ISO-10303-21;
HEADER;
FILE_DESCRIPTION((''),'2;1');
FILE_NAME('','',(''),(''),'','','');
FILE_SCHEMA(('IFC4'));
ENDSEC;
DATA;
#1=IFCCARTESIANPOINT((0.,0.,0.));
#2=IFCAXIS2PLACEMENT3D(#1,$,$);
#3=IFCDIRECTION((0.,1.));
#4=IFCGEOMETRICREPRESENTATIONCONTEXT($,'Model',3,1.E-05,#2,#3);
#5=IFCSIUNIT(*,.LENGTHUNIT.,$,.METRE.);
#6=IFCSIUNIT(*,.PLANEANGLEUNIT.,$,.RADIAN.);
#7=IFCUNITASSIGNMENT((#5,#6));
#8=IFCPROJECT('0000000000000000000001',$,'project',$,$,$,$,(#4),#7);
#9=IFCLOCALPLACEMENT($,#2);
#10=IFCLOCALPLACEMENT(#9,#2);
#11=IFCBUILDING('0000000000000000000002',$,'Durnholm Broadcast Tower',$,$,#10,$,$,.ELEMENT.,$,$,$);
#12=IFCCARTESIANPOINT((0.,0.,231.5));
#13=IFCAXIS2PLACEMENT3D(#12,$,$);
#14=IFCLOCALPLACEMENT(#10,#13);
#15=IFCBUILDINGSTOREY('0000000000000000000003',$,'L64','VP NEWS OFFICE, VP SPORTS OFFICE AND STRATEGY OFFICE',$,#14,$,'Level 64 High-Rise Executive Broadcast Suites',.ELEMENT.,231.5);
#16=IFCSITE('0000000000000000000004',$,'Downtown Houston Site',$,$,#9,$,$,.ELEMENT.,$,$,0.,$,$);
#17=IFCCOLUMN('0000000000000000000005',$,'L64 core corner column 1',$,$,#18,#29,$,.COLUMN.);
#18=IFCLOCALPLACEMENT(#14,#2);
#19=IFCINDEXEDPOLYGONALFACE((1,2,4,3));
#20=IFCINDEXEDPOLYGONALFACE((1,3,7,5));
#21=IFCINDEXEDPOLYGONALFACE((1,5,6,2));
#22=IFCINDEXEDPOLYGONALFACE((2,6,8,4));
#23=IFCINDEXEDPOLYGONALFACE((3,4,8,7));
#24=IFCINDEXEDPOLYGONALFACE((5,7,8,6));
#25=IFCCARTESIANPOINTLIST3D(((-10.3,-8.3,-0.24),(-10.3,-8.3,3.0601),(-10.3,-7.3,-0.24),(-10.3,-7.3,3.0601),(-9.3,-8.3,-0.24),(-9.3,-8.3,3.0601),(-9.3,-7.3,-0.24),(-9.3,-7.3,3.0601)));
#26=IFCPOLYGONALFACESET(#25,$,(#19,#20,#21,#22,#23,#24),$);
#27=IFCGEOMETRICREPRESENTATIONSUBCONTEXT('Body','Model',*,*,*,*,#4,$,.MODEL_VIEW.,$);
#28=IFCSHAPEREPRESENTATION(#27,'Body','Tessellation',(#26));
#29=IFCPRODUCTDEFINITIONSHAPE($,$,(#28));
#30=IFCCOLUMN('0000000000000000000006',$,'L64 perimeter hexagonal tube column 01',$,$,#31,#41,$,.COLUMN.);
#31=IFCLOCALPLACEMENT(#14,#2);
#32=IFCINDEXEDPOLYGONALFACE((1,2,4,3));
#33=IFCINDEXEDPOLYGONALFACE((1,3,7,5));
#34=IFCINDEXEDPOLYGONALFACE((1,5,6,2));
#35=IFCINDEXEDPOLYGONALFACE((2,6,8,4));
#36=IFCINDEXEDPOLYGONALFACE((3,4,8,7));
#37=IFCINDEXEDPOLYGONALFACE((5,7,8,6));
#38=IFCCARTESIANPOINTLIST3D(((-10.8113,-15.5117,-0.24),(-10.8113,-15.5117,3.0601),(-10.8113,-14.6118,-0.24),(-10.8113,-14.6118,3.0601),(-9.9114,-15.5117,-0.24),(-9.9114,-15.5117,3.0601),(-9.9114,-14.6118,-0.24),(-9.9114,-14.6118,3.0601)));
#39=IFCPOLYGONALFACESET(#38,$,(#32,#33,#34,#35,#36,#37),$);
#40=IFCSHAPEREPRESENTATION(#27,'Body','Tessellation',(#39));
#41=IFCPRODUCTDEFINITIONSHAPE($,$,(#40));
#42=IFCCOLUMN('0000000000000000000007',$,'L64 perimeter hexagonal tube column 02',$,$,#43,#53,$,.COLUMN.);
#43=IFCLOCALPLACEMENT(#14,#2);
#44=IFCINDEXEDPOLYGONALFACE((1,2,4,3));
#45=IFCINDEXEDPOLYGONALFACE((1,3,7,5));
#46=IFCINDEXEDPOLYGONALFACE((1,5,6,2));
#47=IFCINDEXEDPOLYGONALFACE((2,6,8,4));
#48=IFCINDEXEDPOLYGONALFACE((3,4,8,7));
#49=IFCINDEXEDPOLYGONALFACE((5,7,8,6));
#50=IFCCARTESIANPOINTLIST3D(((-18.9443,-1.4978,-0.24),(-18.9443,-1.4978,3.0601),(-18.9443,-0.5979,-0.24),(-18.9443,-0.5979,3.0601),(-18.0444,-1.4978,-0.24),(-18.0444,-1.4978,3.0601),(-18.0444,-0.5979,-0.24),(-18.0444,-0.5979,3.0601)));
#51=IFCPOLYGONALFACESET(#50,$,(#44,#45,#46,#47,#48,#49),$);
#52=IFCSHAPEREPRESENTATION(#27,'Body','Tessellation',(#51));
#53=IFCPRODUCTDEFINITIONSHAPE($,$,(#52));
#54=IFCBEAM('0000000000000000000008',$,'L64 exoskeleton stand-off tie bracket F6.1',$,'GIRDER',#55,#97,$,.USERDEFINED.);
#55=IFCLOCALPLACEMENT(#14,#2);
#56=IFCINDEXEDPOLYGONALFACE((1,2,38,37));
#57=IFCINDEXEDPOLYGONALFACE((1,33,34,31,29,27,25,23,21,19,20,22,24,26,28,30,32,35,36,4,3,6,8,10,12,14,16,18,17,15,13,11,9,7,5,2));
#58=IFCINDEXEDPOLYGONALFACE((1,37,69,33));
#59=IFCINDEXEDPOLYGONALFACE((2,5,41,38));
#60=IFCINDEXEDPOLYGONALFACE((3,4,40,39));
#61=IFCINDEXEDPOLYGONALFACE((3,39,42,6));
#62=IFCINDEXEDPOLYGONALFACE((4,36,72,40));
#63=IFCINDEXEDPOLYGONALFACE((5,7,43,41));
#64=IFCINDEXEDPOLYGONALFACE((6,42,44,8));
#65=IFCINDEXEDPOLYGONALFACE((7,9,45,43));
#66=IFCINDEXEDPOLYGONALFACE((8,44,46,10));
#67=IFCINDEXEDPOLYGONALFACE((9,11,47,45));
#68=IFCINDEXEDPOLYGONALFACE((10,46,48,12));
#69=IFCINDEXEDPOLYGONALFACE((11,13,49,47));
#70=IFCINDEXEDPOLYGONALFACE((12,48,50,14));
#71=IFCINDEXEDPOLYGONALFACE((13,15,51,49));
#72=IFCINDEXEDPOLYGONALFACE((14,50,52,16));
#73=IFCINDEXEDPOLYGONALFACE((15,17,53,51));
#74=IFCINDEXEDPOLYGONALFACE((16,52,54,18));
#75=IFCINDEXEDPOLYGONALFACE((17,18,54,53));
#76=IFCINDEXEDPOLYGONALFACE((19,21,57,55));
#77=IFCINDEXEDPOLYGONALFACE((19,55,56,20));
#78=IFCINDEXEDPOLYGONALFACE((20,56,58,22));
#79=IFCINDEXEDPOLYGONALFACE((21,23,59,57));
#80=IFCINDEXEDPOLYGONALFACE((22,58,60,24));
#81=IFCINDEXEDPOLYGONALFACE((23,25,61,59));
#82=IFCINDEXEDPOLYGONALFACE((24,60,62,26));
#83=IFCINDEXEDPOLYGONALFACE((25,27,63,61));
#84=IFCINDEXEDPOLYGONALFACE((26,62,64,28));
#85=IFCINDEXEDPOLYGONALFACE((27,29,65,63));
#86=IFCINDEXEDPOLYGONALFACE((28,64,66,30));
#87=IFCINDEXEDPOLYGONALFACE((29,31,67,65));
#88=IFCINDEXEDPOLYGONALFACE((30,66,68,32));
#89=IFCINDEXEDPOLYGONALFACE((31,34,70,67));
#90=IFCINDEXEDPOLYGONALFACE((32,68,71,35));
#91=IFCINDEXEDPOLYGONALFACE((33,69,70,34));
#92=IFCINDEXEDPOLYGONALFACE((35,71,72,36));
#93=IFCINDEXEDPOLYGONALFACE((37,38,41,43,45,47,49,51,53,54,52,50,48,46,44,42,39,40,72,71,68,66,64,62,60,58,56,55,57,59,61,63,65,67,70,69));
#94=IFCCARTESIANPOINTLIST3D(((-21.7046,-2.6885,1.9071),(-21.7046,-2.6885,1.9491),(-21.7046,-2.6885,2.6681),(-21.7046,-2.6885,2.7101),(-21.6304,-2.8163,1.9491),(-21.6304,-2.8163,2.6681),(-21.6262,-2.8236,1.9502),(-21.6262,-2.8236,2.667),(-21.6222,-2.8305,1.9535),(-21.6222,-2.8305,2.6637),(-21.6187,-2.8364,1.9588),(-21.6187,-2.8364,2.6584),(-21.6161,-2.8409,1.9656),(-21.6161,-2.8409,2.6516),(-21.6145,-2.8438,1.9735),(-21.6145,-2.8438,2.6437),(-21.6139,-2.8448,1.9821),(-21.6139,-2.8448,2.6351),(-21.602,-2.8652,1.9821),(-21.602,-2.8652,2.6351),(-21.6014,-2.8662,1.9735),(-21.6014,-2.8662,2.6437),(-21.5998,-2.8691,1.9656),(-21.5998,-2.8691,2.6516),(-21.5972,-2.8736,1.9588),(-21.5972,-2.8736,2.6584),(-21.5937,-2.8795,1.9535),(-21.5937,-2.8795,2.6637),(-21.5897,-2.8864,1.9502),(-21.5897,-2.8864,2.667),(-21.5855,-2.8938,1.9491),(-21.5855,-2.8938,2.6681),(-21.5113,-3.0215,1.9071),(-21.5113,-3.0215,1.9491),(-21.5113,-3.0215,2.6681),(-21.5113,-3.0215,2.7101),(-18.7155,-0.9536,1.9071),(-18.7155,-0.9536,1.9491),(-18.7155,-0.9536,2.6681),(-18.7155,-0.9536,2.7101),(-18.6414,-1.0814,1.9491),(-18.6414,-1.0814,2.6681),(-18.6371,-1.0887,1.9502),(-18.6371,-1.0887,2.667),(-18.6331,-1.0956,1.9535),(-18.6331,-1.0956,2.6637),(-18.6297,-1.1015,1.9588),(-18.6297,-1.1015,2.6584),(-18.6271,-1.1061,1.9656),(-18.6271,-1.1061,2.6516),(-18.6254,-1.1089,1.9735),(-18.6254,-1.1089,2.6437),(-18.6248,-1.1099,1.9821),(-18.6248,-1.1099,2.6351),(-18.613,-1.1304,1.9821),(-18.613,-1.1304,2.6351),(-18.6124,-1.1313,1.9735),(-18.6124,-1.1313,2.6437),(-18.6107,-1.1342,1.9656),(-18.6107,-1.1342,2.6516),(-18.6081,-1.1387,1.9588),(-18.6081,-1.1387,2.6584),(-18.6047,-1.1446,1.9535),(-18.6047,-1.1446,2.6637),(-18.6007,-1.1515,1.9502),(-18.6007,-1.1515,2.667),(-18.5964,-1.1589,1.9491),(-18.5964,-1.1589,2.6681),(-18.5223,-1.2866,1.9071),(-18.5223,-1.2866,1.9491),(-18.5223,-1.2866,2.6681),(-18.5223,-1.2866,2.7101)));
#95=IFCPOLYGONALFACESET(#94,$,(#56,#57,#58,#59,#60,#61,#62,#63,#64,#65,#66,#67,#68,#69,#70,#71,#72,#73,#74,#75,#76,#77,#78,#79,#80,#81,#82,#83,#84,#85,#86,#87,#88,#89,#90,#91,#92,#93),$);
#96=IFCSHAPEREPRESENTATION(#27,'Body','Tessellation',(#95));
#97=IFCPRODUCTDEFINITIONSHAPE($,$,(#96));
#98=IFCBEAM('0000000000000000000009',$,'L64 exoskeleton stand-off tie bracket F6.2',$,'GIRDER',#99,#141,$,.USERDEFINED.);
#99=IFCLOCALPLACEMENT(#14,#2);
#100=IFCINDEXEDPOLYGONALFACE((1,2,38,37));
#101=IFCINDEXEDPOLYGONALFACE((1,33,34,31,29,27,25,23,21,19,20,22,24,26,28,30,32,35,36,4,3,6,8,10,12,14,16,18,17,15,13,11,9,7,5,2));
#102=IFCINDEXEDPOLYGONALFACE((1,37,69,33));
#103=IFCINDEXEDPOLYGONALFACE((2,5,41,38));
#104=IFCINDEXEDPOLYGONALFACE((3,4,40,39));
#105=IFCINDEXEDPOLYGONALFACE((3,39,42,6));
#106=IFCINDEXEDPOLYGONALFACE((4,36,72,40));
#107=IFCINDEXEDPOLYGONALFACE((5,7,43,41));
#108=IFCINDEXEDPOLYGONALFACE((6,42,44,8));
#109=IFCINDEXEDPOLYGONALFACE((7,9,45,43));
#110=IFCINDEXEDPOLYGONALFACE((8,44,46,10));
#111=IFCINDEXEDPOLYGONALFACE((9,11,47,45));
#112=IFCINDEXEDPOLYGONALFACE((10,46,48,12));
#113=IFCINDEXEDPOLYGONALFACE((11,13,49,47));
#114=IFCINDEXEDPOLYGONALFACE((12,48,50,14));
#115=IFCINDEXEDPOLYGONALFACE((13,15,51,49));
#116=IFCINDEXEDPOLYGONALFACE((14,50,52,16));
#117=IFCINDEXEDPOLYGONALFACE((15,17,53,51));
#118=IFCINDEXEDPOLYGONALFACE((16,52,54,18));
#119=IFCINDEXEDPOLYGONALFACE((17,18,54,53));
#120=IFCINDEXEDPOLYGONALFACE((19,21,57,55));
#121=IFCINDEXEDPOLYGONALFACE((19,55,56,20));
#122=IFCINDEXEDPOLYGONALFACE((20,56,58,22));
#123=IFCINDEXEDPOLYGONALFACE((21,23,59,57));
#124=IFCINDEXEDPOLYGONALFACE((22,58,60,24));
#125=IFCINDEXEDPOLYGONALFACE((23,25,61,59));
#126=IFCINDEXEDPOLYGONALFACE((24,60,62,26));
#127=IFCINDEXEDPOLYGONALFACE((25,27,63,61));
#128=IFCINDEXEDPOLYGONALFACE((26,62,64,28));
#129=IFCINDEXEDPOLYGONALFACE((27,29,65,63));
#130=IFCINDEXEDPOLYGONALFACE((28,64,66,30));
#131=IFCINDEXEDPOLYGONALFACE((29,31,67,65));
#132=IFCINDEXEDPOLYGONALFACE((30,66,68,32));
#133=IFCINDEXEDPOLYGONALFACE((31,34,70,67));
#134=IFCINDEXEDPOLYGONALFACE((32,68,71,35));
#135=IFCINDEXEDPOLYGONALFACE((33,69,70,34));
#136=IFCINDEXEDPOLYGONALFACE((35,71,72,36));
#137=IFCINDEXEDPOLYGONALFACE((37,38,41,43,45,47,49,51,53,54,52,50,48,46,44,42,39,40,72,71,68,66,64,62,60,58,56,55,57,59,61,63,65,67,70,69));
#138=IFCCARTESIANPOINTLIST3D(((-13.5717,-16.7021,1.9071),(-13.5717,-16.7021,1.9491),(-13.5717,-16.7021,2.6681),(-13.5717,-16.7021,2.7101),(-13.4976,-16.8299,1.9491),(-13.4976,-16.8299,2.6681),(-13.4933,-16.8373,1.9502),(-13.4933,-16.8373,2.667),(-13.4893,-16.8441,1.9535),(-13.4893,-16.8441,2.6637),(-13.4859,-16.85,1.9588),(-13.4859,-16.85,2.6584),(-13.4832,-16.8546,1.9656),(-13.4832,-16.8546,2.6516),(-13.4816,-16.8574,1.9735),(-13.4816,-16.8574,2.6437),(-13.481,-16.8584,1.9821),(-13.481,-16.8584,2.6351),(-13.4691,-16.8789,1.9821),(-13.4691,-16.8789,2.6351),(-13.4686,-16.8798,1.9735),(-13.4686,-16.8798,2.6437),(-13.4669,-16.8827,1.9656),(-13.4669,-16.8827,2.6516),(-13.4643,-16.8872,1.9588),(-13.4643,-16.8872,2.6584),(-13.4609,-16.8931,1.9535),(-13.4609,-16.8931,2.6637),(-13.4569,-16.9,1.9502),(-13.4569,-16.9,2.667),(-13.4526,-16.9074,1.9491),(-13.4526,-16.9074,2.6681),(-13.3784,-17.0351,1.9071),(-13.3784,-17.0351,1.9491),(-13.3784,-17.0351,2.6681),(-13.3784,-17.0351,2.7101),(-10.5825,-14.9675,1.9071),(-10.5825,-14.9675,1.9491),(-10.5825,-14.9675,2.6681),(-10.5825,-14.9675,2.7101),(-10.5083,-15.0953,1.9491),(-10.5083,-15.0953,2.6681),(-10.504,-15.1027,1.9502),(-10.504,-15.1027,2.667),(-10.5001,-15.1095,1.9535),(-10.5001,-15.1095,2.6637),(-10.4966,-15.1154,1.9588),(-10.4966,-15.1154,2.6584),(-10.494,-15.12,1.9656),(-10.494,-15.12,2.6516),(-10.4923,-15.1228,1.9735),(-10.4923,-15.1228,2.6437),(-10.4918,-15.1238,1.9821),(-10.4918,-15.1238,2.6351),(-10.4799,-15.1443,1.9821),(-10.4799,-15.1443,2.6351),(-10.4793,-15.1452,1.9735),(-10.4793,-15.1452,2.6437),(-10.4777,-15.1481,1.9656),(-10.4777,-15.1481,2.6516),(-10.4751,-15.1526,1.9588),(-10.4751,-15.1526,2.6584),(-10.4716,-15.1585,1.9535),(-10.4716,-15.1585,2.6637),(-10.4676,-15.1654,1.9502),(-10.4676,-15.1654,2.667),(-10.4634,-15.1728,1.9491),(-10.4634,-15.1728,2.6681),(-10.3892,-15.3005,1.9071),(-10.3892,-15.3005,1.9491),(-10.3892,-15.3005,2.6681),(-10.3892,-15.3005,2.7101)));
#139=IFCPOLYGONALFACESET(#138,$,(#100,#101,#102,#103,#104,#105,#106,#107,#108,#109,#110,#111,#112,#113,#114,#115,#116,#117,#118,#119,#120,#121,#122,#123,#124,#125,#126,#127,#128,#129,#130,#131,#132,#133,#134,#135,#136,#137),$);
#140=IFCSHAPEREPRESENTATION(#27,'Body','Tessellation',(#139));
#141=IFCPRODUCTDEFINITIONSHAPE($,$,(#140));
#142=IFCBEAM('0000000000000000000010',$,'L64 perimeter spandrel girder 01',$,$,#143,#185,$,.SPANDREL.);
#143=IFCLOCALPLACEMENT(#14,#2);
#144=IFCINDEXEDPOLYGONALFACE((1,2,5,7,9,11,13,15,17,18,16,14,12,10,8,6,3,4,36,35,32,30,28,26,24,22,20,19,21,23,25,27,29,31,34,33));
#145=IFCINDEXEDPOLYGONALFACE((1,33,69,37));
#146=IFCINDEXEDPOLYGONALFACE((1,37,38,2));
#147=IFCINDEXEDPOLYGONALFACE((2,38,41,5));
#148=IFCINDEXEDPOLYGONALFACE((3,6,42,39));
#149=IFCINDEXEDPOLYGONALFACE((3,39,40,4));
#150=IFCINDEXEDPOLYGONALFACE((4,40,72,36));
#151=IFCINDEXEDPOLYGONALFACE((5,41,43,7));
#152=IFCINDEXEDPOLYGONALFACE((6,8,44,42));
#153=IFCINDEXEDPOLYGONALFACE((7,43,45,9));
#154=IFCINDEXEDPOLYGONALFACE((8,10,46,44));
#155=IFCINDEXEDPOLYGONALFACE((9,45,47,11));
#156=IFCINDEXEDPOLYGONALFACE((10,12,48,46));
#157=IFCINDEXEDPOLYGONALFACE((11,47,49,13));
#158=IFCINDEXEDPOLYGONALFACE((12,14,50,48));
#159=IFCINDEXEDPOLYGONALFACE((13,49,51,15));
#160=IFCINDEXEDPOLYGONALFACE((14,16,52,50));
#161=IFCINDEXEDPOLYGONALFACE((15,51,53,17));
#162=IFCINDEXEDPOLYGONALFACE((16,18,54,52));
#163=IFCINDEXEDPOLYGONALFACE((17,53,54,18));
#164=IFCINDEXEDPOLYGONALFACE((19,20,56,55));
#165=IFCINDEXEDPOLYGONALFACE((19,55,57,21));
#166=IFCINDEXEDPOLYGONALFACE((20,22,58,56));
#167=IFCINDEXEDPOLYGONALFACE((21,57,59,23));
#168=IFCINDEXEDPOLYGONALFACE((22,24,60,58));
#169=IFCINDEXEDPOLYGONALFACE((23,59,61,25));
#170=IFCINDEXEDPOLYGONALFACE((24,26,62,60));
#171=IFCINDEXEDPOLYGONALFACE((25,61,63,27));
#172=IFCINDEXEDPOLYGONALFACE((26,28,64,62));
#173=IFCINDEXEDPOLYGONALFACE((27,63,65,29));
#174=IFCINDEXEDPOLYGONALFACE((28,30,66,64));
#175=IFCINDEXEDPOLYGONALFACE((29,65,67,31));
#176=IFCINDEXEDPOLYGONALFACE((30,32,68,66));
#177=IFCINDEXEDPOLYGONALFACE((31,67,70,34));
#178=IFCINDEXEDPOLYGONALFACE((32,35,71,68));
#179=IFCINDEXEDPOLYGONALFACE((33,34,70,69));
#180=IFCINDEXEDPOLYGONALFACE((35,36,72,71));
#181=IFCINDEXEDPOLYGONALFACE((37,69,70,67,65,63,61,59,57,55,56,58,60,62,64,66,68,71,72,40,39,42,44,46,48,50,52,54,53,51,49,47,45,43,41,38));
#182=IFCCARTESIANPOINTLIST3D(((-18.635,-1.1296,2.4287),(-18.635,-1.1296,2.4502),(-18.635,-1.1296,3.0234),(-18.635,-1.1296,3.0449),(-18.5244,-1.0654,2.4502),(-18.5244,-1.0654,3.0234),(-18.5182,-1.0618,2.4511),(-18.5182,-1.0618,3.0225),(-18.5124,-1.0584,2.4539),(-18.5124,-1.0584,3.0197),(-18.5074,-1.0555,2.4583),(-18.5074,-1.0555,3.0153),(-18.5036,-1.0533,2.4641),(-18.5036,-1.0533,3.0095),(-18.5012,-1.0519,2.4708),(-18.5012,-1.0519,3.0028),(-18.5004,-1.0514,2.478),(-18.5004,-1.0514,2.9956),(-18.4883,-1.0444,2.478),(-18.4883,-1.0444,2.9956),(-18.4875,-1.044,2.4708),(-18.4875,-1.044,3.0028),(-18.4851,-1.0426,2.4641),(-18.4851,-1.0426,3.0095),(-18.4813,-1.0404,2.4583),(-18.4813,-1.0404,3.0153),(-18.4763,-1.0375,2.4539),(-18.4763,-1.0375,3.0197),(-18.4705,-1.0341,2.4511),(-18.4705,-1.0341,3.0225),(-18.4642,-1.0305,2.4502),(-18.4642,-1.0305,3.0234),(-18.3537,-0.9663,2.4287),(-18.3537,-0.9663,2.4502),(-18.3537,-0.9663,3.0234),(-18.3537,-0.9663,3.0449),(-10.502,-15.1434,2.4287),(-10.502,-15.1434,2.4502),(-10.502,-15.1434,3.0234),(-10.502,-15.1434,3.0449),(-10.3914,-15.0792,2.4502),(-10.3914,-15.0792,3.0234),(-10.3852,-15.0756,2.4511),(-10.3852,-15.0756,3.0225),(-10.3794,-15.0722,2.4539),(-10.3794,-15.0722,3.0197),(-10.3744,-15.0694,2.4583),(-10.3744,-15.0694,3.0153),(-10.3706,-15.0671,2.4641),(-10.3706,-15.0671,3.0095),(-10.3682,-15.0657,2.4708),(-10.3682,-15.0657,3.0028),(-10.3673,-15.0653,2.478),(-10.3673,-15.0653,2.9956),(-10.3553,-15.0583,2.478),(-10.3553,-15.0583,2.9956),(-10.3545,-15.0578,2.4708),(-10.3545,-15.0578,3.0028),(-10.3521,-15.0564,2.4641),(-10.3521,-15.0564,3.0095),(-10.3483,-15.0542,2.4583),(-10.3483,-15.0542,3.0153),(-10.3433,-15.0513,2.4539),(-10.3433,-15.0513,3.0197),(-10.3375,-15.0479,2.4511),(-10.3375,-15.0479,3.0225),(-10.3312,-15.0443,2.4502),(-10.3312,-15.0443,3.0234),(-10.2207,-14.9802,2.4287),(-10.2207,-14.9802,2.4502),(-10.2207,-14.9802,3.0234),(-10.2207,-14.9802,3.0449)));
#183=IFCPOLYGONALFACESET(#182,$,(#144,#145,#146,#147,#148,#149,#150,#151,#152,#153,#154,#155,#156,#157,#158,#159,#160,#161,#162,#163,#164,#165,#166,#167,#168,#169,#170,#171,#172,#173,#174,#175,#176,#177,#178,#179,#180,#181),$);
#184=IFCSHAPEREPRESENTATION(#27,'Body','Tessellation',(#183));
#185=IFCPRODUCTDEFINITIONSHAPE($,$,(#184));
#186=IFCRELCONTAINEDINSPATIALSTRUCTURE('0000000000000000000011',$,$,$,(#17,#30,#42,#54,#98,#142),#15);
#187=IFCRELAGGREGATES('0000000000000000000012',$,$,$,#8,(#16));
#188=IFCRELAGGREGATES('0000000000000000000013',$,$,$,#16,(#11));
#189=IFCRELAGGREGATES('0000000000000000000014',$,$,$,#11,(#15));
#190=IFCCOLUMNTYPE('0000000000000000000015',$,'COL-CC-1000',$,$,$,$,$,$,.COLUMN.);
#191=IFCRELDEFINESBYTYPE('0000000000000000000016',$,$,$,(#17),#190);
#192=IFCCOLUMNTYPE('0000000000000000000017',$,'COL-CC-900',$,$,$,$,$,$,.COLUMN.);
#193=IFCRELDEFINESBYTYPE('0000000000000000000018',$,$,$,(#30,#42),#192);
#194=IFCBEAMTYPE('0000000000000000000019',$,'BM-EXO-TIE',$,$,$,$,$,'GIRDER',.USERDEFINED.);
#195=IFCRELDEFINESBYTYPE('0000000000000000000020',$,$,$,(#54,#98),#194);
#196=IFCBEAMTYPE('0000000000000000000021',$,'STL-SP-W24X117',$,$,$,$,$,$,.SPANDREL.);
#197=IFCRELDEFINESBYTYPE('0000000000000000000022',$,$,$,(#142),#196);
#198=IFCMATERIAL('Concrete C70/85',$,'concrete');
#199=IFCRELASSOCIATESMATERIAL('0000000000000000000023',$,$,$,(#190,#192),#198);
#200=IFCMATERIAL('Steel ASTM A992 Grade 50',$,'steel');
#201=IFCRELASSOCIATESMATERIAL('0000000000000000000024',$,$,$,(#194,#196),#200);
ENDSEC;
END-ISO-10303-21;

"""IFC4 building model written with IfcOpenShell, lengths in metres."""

from ifc_helpers import new_model, si_unit, direction, frame, origin, origin_2d, place, context, subcontext, project, spatial, rectangle, i_section, extrude, source, transform, mapped, material, material_profile, profile_set, type_object, type_shapes, element, save


model = new_model("IFC4")

# Units and contexts
model_context = context("Model", 3, precision=1e-05, world=origin(), true_north=direction((0.0, 1.0)))
body_context = subcontext(model_context, "Body", "Model", "MODEL_VIEW")
ifc_project = project(units=[si_unit("LENGTHUNIT", "METRE"), si_unit("PLANEANGLEUNIT", "RADIAN")], contexts=[model_context])

# Site, building, storey
site_placement = place(None, origin())
site = spatial("IfcSite", under=ifc_project, at=site_placement, Name="Downtown Houston Site", CompositionType="ELEMENT", RefElevation=0.0)
building_placement = place(site_placement, origin())
building = spatial("IfcBuilding", under=site, at=building_placement, Name="Durnholm Broadcast Tower", CompositionType="ELEMENT")
storey_placement = place(building_placement, frame((0.0, 0.0, 231.5)))
storey = spatial("IfcBuildingStorey", under=building, at=storey_placement, Name="L64", Description="VP NEWS OFFICE, VP SPORTS OFFICE AND STRATEGY OFFICE", LongName="Level 64 High-Rise Executive Broadcast Suites", CompositionType="ELEMENT", Elevation=231.5)

# Columns
ifc_material_1 = material(Name="Concrete C70/85", Category="concrete")
ifc_material_profile_1 = material_profile(ifc_material_1, rectangle(XDim=1.0, YDim=1.0, at=origin_2d()), Name="RC1000X1000")
ifc_profile_set_1 = profile_set([ifc_material_profile_1], Name="Concrete C70/85")
column_type_1 = type_object("IfcColumnType", Name="COL-CC-1000", PredefinedType="COLUMN", material=ifc_profile_set_1)
shared_shape_1 = source(origin(), body_context, "Body", "SweptSolid", [
    extrude(rectangle(XDim=1.0, YDim=1.0, at=origin_2d()), origin(), (0.0, 0.0, 1.0), 3.3),
])
type_shapes(column_type_1, [shared_shape_1])
column_placement = place(storey_placement, frame((-9.8, -7.8, -0.24), z_axis=(0.0, 0.0, 1.0), x_axis=(1.0, 0.0, 0.0)))
element("IfcColumn", 1, at=column_placement, inside=storey, type_object=column_type_1, Name="L64 core corner column 1", PredefinedType="COLUMN", context=body_context, shape_type="MappedRepresentation", body=[
    mapped(shared_shape_1, transform((0.0, 0.0, 0.0), x_axis=(1.0, 0.0, 0.0), y_axis=(0.0, 1.0, 0.0), z_axis=(0.0, 0.0, 1.0), scale=1.0)),
])
ifc_material_profile_2 = material_profile(ifc_material_1, rectangle(XDim=0.8999, YDim=0.8999, at=origin_2d()), Name="RC900X900")
ifc_profile_set_2 = profile_set([ifc_material_profile_2], Name="Concrete C70/85")
column_type_2 = type_object("IfcColumnType", Name="COL-CC-900", PredefinedType="COLUMN", material=ifc_profile_set_2)
shared_shape_2 = source(origin(), body_context, "Body", "SweptSolid", [
    extrude(rectangle(XDim=0.8999, YDim=0.8999, at=origin_2d()), origin(), (0.0, 0.0, 1.0), 3.3),
])
type_shapes(column_type_2, [shared_shape_2])
for number, where, z_axis, x_axis, name in (
    (2, (-10.3613, -15.0618, -0.24), (0.0, 0.0, 1.0), (1.0, 0.0, 0.0), "L64 perimeter hexagonal tube column 01"),
    (3, (-18.4944, -1.0479, -0.24), (0.0, 0.0, 1.0), (1.0, 0.0, 0.0), "L64 perimeter hexagonal tube column 02"),
):
    element("IfcColumn", number, at=place(storey_placement, frame(where, z_axis=z_axis, x_axis=x_axis)), inside=storey, type_object=column_type_2, Name=name, PredefinedType="COLUMN", context=body_context, shape_type="MappedRepresentation", body=[
        mapped(shared_shape_2, transform((0.0, 0.0, 0.0), x_axis=(1.0, 0.0, 0.0), y_axis=(0.0, 1.0, 0.0), z_axis=(0.0, 0.0, 1.0), scale=1.0)),
    ])

# Beams
ifc_material_2 = material(Name="Steel ASTM A992 Grade 50", Category="steel")
ifc_material_profile_3 = material_profile(ifc_material_2, i_section(OverallWidth=0.385, OverallDepth=0.803, WebThickness=0.0237, FlangeThickness=0.042, FilletRadius=0.033, at=origin_2d()), Name="W30X261")
ifc_profile_set_3 = profile_set([ifc_material_profile_3], Name="Steel ASTM A992 Grade 50")
beam_type_1 = type_object("IfcBeamType", Name="BM-EXO-TIE", ElementType="GIRDER", PredefinedType="USERDEFINED", material=ifc_profile_set_3)
shared_shape_3 = source(origin(), body_context, "Body", "SweptSolid", [
    extrude(i_section(OverallWidth=0.385, OverallDepth=0.803, WebThickness=0.0237, FlangeThickness=0.042, FilletRadius=0.033, at=origin_2d()), origin(), (0.0, 0.0, 1.0), 3.4561),
])
for number, where, z_axis, x_axis, name in (
    (4, (-18.6189, -1.1201, 2.3086), (-0.864876, -0.501986, 0.0), (0.501986, -0.864876, 0.0), "L64 exoskeleton stand-off tie bracket F6.1"),
    (5, (-10.4858, -15.134, 2.3086), (-0.864924, -0.501902, 0.0), (0.501902, -0.864924, 0.0), "L64 exoskeleton stand-off tie bracket F6.2"),
):
    element("IfcBeam", number, at=place(storey_placement, frame(where, z_axis=z_axis, x_axis=x_axis)), inside=storey, type_object=beam_type_1, Name=name, ObjectType="GIRDER", PredefinedType="USERDEFINED", context=body_context, shape_type="MappedRepresentation", body=[
        mapped(shared_shape_3, transform((0.0, 0.0, 0.0), x_axis=(1.0, 0.0, 0.0), y_axis=(0.0, 1.0, 0.0), z_axis=(0.0, 0.0, 1.0), scale=1.0)),
    ])
ifc_material_profile_4 = material_profile(ifc_material_2, i_section(OverallWidth=0.3252, OverallDepth=0.6162, WebThickness=0.0139, FlangeThickness=0.0215, FilletRadius=0.0278, at=origin_2d()), Name="W24X117")
ifc_profile_set_4 = profile_set([ifc_material_profile_4], Name="Steel ASTM A992 Grade 50")
beam_type_2 = type_object("IfcBeamType", Name="STL-SP-W24X117", PredefinedType="SPANDREL", material=ifc_profile_set_4)
shared_shape_4 = source(origin(), body_context, "Body", "SweptSolid", [
    extrude(i_section(OverallWidth=0.3252, OverallDepth=0.6162, WebThickness=0.0139, FlangeThickness=0.0215, FilletRadius=0.0278, at=origin_2d()), origin(), (0.0, 0.0, 1.0), 16.2029),
])
beam_1_placement = place(storey_placement, frame((-10.3613, -15.0618, 2.7368), z_axis=(-0.501948, 0.864898, 0.0), x_axis=(-0.864898, -0.501948, 0.0)))
element("IfcBeam", 6, at=beam_1_placement, inside=storey, type_object=beam_type_2, Name="L64 perimeter spandrel girder 01", PredefinedType="SPANDREL", context=body_context, shape_type="MappedRepresentation", body=[
    mapped(shared_shape_4, transform((0.0, 0.0, 0.0), x_axis=(1.0, 0.0, 0.0), y_axis=(0.0, 1.0, 0.0), z_axis=(0.0, 0.0, 1.0), scale=1.0)),
])

save(model, "model.ifc")
